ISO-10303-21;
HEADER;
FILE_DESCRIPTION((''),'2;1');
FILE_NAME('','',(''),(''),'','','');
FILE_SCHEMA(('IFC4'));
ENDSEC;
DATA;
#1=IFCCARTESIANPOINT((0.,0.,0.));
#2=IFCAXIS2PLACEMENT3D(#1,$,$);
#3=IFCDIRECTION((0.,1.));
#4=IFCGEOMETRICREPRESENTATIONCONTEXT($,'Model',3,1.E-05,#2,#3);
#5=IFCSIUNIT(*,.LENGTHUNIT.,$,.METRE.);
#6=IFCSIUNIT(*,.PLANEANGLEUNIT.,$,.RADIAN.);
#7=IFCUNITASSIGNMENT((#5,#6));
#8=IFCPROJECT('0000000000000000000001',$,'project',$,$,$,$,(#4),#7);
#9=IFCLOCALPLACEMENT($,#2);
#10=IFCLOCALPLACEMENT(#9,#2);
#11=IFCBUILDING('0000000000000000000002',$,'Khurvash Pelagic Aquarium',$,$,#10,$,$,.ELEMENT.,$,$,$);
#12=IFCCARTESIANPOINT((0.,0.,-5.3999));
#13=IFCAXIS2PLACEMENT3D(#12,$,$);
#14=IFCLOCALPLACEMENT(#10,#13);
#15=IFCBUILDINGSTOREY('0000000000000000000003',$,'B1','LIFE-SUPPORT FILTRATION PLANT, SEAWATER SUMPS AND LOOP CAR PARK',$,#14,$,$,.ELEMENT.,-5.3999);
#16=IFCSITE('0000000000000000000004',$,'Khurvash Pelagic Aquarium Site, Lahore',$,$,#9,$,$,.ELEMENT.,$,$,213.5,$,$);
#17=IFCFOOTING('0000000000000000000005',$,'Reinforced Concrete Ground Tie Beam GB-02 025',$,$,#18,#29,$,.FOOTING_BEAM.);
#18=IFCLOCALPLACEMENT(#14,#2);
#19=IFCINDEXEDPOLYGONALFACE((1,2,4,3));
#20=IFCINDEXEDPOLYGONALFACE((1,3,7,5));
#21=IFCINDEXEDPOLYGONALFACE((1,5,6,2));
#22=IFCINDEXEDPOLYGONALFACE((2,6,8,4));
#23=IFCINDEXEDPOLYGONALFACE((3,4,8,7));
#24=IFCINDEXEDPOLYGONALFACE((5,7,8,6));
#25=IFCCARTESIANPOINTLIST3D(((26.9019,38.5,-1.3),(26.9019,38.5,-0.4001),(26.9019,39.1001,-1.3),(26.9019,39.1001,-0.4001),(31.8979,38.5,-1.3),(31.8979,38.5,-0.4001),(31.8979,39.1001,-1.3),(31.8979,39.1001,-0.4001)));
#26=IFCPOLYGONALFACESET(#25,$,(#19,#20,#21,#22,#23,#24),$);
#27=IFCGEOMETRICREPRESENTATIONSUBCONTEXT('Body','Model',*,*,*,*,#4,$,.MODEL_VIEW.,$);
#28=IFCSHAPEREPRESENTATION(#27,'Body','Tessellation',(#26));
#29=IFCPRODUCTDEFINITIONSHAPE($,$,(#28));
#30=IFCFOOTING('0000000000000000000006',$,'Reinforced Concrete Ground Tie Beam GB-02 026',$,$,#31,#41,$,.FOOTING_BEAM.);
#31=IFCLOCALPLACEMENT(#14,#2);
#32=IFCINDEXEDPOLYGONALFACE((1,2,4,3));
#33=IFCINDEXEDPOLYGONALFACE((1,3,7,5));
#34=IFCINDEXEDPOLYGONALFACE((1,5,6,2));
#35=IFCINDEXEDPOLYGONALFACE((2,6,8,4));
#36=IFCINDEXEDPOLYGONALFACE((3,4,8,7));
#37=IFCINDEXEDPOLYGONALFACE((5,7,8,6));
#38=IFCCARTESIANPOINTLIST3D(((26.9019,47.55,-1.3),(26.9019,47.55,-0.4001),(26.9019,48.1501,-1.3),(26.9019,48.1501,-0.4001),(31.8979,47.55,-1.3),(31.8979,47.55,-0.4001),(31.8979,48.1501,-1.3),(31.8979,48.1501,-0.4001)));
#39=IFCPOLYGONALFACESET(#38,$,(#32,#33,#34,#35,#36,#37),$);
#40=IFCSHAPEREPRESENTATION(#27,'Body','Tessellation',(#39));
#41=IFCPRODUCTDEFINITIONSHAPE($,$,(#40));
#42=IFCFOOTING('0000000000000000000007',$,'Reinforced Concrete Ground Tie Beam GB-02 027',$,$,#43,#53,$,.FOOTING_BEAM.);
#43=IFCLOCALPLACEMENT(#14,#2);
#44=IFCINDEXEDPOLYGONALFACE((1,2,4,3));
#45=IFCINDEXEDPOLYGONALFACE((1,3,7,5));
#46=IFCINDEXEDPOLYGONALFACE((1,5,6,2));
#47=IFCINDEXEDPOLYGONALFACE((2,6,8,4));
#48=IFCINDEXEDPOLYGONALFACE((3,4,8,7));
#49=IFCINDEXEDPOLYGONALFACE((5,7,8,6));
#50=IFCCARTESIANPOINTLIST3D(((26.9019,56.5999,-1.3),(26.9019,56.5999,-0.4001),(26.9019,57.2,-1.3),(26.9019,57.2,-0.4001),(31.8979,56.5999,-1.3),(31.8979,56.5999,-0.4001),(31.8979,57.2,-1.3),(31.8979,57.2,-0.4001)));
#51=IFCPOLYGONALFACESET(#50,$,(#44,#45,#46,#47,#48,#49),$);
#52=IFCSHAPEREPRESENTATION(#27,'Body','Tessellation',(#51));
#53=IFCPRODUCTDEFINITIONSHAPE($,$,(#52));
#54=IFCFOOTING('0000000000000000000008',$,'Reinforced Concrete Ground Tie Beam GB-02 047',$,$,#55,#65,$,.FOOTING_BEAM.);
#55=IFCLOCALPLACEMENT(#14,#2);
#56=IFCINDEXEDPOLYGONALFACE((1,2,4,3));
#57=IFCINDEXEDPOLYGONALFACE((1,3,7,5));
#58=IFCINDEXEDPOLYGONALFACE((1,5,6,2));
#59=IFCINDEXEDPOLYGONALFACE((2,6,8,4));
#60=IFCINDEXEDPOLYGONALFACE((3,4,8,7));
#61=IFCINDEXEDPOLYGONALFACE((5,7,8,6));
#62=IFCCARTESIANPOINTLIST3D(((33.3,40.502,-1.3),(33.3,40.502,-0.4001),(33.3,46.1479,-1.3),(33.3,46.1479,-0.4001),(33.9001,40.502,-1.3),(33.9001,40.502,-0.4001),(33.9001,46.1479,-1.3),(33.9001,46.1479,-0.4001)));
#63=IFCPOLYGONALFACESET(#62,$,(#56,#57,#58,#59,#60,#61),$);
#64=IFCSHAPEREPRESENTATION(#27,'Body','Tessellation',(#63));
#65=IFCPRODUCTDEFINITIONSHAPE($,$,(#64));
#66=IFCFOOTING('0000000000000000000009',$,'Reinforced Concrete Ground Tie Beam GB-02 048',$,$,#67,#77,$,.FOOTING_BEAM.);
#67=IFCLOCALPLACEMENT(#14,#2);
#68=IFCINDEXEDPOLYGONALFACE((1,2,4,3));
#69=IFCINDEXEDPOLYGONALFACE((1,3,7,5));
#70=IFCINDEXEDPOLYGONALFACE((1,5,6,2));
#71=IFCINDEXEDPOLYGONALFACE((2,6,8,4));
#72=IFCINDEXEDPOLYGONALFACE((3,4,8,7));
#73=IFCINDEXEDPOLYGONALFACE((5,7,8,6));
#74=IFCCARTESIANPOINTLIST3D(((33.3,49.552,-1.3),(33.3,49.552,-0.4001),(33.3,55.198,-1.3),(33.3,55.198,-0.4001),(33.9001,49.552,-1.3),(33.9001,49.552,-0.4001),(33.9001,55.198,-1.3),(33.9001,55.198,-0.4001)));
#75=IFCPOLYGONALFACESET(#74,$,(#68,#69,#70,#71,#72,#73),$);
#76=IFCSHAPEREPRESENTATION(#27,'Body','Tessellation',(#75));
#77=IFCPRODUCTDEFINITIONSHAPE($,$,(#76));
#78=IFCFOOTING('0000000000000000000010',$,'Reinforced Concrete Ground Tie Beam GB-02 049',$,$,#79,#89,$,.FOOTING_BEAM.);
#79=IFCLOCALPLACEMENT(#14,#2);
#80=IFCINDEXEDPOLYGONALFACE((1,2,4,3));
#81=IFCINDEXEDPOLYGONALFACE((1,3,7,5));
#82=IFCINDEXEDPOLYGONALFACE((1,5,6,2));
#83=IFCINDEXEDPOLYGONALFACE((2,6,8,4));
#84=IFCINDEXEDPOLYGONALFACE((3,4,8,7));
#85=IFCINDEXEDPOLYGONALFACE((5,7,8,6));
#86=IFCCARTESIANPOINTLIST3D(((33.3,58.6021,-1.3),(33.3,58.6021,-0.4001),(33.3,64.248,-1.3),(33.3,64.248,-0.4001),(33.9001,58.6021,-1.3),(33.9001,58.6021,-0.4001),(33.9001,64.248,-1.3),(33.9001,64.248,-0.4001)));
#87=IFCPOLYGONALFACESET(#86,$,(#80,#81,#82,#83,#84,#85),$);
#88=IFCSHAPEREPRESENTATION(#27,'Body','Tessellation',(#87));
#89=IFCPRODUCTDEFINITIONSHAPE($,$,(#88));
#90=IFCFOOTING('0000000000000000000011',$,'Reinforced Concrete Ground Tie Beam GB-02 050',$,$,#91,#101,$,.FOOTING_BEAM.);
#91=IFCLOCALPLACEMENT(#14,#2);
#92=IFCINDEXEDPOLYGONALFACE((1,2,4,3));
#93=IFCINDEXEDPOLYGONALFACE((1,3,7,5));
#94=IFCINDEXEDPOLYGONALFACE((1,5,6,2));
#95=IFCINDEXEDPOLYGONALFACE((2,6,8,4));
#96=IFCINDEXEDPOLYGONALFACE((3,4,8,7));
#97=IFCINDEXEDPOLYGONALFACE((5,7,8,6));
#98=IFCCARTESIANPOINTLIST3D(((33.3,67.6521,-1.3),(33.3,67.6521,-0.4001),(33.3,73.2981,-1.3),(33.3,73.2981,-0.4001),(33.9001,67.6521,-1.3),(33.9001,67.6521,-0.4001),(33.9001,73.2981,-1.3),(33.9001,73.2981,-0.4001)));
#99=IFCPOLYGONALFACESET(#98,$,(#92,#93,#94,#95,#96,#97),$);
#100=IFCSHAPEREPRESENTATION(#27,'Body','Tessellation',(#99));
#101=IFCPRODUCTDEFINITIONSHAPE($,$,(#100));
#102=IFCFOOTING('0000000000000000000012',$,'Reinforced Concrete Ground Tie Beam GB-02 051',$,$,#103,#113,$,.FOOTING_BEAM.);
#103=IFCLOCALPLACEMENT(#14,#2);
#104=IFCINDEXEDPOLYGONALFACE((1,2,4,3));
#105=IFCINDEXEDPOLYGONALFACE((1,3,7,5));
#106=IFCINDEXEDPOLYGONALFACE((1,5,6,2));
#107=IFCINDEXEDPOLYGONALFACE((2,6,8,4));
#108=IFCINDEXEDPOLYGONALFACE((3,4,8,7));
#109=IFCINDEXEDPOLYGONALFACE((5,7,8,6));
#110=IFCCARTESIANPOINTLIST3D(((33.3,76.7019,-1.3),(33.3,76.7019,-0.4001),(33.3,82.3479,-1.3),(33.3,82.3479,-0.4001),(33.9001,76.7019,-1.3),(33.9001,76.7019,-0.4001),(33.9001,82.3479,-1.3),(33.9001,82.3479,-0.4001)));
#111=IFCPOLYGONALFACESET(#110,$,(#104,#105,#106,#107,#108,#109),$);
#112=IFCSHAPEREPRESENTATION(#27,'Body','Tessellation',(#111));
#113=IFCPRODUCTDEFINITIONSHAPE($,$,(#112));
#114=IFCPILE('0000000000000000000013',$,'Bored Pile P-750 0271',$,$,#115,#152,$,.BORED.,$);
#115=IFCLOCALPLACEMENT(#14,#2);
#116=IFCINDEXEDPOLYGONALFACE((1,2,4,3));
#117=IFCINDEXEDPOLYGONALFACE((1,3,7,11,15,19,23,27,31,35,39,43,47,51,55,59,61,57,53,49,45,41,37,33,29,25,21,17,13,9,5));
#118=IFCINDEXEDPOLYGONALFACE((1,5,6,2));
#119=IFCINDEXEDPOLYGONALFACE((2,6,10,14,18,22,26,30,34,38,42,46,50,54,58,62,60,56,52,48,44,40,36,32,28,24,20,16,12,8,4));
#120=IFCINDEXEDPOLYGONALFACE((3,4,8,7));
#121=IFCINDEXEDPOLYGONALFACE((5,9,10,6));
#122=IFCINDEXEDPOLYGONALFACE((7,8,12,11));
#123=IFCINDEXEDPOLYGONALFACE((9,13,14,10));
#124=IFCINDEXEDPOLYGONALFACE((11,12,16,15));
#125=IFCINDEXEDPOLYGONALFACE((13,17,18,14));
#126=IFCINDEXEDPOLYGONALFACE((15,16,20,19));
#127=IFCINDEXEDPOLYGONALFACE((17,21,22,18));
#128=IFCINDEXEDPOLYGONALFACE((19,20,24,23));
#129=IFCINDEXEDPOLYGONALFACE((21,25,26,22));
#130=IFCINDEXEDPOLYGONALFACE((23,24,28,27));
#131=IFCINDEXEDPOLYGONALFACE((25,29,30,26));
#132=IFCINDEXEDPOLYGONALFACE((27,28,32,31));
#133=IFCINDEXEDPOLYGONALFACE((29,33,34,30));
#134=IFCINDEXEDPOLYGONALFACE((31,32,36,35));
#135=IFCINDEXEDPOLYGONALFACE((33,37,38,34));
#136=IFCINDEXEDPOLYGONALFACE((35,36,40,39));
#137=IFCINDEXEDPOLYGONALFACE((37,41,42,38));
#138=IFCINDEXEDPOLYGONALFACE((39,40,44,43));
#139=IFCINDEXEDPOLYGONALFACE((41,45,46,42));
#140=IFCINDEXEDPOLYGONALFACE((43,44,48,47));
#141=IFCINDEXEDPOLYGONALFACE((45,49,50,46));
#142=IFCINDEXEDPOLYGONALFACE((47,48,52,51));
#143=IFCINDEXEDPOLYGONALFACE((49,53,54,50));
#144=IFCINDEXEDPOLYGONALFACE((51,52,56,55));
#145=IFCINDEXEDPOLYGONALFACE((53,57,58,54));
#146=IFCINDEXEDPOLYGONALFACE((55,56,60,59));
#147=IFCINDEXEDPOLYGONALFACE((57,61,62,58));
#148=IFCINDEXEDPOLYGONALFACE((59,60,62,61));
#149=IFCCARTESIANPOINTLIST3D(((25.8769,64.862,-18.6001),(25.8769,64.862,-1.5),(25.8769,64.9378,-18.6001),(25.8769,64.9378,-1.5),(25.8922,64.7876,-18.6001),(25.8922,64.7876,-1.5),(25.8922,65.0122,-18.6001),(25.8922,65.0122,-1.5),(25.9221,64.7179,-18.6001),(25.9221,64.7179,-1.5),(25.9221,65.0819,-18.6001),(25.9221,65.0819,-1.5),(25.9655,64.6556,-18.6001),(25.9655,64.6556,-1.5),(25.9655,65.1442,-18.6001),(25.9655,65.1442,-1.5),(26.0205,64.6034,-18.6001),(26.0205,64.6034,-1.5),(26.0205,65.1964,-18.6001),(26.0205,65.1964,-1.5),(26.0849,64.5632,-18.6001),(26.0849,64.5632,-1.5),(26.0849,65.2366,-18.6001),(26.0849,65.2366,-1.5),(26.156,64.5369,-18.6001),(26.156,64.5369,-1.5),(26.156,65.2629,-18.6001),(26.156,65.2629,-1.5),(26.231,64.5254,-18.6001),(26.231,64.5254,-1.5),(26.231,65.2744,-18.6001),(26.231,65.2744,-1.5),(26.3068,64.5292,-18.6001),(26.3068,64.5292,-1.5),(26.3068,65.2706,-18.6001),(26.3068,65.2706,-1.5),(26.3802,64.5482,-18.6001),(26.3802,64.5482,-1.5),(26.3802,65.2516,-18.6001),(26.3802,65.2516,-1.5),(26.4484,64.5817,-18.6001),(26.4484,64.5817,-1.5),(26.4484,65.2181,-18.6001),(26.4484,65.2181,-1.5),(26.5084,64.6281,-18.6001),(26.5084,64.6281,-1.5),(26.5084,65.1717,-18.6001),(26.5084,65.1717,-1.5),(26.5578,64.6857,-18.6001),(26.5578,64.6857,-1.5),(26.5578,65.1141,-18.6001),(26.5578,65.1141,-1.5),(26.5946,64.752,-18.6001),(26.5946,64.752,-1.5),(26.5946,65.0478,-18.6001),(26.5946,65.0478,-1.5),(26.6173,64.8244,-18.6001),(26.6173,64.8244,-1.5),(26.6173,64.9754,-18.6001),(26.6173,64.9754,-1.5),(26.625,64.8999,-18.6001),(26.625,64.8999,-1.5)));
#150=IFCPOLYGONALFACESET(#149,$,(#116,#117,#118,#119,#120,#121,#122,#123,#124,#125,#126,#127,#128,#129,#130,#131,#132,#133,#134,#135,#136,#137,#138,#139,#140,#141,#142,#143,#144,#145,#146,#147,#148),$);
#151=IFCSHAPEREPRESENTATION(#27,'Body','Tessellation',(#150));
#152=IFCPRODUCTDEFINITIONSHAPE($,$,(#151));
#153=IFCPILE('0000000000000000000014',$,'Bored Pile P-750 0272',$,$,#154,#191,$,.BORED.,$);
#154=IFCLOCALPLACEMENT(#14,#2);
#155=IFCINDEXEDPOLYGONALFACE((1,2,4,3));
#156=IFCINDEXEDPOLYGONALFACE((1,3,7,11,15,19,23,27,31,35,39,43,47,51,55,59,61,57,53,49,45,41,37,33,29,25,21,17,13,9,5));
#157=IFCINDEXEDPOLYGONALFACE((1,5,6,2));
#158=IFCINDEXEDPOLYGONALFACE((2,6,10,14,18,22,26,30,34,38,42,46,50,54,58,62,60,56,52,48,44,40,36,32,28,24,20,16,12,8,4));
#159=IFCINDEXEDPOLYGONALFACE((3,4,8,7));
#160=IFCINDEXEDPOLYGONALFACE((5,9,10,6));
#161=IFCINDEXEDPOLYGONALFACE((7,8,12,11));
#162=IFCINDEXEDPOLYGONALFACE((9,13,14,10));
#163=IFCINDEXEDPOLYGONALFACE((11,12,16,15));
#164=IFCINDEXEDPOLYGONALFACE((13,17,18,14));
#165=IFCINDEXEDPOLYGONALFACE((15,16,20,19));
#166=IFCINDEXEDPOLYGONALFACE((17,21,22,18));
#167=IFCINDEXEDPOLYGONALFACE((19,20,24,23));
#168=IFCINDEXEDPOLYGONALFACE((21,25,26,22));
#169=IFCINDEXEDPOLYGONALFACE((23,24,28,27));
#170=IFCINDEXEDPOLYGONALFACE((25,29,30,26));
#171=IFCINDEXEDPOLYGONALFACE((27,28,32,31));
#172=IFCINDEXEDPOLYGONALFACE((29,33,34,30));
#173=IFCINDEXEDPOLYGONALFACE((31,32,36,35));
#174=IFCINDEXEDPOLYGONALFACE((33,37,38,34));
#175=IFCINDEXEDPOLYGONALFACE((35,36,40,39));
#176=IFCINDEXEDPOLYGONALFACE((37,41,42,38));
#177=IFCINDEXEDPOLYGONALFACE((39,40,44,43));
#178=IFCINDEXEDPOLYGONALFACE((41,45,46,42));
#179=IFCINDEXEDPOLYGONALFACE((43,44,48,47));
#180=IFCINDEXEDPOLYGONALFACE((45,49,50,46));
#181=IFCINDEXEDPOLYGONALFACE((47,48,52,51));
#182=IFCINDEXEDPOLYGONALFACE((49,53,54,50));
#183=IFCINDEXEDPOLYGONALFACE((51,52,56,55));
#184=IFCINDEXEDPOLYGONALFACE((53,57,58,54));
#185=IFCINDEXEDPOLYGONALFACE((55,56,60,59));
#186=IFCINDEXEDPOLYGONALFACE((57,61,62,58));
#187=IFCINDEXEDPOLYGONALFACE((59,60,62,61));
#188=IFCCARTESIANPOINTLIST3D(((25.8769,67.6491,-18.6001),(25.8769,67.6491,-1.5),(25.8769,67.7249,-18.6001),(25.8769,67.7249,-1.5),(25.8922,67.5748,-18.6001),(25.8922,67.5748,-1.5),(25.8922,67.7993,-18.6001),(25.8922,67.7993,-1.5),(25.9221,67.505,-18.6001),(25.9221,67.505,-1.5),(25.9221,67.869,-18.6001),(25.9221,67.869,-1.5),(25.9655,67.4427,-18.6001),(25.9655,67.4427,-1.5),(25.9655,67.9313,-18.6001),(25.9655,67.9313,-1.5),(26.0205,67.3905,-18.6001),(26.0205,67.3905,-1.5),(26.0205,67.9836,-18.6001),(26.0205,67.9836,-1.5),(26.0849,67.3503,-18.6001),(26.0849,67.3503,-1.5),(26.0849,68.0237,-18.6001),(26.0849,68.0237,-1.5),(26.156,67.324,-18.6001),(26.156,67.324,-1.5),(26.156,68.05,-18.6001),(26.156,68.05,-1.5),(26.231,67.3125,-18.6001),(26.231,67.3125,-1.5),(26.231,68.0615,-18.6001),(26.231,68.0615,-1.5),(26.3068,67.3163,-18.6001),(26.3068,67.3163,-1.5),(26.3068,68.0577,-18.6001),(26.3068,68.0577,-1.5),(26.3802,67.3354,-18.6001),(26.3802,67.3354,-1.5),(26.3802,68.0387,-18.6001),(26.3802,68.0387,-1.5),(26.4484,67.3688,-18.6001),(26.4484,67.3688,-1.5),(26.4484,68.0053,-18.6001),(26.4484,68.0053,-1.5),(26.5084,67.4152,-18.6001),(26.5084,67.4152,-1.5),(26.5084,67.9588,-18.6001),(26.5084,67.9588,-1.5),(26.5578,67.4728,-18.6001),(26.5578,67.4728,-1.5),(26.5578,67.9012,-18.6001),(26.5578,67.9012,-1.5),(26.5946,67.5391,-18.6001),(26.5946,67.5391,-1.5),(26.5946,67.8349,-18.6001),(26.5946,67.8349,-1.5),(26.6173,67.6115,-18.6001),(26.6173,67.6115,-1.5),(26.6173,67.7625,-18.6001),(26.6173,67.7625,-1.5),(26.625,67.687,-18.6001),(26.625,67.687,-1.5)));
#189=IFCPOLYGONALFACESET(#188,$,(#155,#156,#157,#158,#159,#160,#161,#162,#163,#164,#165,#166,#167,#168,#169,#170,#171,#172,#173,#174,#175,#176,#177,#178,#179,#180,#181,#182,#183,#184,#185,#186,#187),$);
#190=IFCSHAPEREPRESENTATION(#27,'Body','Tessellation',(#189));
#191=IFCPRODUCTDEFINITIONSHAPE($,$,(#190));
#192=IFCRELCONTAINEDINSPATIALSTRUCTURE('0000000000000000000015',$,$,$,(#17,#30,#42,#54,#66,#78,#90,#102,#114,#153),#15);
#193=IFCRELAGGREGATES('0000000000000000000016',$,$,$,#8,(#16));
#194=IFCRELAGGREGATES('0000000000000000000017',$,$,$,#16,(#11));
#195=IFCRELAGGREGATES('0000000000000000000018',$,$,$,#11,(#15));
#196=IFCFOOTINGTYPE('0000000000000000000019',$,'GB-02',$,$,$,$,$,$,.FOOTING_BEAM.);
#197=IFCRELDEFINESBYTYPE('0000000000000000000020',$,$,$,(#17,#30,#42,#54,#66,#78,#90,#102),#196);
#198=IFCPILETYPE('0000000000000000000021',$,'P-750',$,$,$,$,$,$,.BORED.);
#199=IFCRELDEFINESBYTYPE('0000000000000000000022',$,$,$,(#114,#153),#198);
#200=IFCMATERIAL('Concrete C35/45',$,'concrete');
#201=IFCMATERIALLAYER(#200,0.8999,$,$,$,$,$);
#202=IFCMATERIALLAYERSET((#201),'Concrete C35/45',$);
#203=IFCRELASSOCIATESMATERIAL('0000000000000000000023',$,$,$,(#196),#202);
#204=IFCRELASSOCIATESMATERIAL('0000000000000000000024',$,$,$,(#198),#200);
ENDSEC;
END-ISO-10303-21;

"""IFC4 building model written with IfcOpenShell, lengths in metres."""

from ifc_helpers import new_model, si_unit, direction, frame, origin, origin_2d, place, context, subcontext, project, spatial, rectangle, circle, extrude, material, layer, layer_set, material_profile, profile_set, type_object, element, save


model = new_model("IFC4")

# Units and contexts
model_context = context("Model", 3, precision=1e-05, world=origin(), true_north=direction((0.0, 1.0)))
body_context = subcontext(model_context, "Body", "Model", "MODEL_VIEW")
ifc_project = project(units=[si_unit("LENGTHUNIT", "METRE"), si_unit("PLANEANGLEUNIT", "RADIAN")], contexts=[model_context])

# Site, building, storey
site_placement = place(None, origin())
site = spatial("IfcSite", under=ifc_project, at=site_placement, Name="Khurvash Pelagic Aquarium Site, Lahore", CompositionType="ELEMENT", RefElevation=213.5)
building_placement = place(site_placement, origin())
building = spatial("IfcBuilding", under=site, at=building_placement, Name="Khurvash Pelagic Aquarium", CompositionType="ELEMENT")
storey_placement = place(building_placement, frame((0.0, 0.0, -5.3999)))
storey = spatial("IfcBuildingStorey", under=building, at=storey_placement, Name="B1", Description="LIFE-SUPPORT FILTRATION PLANT, SEAWATER SUMPS AND LOOP CAR PARK", CompositionType="ELEMENT", Elevation=-5.3999)

# Footings
ifc_material_1 = material(Name="Concrete C35/45", Category="concrete")
ifc_layer_1 = layer(ifc_material_1, 0.8999)
ifc_layer_set_1 = layer_set([ifc_layer_1], Name="Concrete C35/45")
footing_type_1 = type_object("IfcFootingType", Name="GB-02", PredefinedType="FOOTING_BEAM", material=ifc_layer_set_1)
for number, where, z_axis, x_axis, name in (
    (1, (29.3999, 38.8, -1.3), (0.0, 0.0, 1.0), (1.0, 0.0, 0.0), "Reinforced Concrete Ground Tie Beam GB-02 025"),
    (2, (29.3999, 47.8501, -1.3), (0.0, 0.0, 1.0), (1.0, 0.0, 0.0), "Reinforced Concrete Ground Tie Beam GB-02 026"),
    (3, (29.3999, 56.8999, -1.3), (0.0, 0.0, 1.0), (1.0, 0.0, 0.0), "Reinforced Concrete Ground Tie Beam GB-02 027"),
):
    element("IfcFooting", number, at=place(storey_placement, frame(where, z_axis=z_axis, x_axis=x_axis)), inside=storey, type_object=footing_type_1, Name=name, PredefinedType="FOOTING_BEAM", context=body_context, shape_type="SweptSolid", body=[
        extrude(rectangle(XDim=4.9961, YDim=0.6001, at=origin_2d()), origin(), (0.0, 0.0, 1.0), 0.8999),
    ])
for number, where, z_axis, x_axis, name in (
    (4, (33.6001, 43.325, -1.3), (0.0, 0.0, 1.0), (0.0, 1.0, 0.0), "Reinforced Concrete Ground Tie Beam GB-02 047"),
    (5, (33.6001, 52.375, -1.3), (0.0, 0.0, 1.0), (0.0, 1.0, 0.0), "Reinforced Concrete Ground Tie Beam GB-02 048"),
    (6, (33.6001, 61.425, -1.3), (0.0, 0.0, 1.0), (0.0, 1.0, 0.0), "Reinforced Concrete Ground Tie Beam GB-02 049"),
    (7, (33.6001, 70.4751, -1.3), (0.0, 0.0, 1.0), (0.0, 1.0, 0.0), "Reinforced Concrete Ground Tie Beam GB-02 050"),
    (8, (33.6001, 79.5249, -1.3), (0.0, 0.0, 1.0), (0.0, 1.0, 0.0), "Reinforced Concrete Ground Tie Beam GB-02 051"),
):
    element("IfcFooting", number, at=place(storey_placement, frame(where, z_axis=z_axis, x_axis=x_axis)), inside=storey, type_object=footing_type_1, Name=name, PredefinedType="FOOTING_BEAM", context=body_context, shape_type="SweptSolid", body=[
        extrude(rectangle(XDim=5.646, YDim=0.6001, at=origin_2d()), origin(), (0.0, 0.0, 1.0), 0.8999),
    ])

# Piles
ifc_material_profile_1 = material_profile(ifc_material_1, circle(Radius=0.375, at=origin_2d()), Name="PILE750")
ifc_profile_set_1 = profile_set([ifc_material_profile_1], Name="Concrete C35/45")
pile_type = type_object("IfcPileType", Name="P-750", PredefinedType="BORED", material=ifc_profile_set_1)
for number, where, z_axis, x_axis, name in (
    (9, (26.25, 64.8999, -1.5), (0.0, 0.0, -1.0), (1.0, 0.0, 0.0), "Bored Pile P-750 0271"),
    (10, (26.25, 67.687, -1.5), (0.0, 0.0, -1.0), (1.0, 0.0, 0.0), "Bored Pile P-750 0272"),
):
    element("IfcPile", number, at=place(storey_placement, frame(where, z_axis=z_axis, x_axis=x_axis)), inside=storey, type_object=pile_type, Name=name, PredefinedType="BORED", context=body_context, shape_type="SweptSolid", body=[
        extrude(circle(Radius=0.375, at=origin_2d()), origin(), (0.0, 0.0, 1.0), 17.1001),
    ])

save(model, "model.ifc")
